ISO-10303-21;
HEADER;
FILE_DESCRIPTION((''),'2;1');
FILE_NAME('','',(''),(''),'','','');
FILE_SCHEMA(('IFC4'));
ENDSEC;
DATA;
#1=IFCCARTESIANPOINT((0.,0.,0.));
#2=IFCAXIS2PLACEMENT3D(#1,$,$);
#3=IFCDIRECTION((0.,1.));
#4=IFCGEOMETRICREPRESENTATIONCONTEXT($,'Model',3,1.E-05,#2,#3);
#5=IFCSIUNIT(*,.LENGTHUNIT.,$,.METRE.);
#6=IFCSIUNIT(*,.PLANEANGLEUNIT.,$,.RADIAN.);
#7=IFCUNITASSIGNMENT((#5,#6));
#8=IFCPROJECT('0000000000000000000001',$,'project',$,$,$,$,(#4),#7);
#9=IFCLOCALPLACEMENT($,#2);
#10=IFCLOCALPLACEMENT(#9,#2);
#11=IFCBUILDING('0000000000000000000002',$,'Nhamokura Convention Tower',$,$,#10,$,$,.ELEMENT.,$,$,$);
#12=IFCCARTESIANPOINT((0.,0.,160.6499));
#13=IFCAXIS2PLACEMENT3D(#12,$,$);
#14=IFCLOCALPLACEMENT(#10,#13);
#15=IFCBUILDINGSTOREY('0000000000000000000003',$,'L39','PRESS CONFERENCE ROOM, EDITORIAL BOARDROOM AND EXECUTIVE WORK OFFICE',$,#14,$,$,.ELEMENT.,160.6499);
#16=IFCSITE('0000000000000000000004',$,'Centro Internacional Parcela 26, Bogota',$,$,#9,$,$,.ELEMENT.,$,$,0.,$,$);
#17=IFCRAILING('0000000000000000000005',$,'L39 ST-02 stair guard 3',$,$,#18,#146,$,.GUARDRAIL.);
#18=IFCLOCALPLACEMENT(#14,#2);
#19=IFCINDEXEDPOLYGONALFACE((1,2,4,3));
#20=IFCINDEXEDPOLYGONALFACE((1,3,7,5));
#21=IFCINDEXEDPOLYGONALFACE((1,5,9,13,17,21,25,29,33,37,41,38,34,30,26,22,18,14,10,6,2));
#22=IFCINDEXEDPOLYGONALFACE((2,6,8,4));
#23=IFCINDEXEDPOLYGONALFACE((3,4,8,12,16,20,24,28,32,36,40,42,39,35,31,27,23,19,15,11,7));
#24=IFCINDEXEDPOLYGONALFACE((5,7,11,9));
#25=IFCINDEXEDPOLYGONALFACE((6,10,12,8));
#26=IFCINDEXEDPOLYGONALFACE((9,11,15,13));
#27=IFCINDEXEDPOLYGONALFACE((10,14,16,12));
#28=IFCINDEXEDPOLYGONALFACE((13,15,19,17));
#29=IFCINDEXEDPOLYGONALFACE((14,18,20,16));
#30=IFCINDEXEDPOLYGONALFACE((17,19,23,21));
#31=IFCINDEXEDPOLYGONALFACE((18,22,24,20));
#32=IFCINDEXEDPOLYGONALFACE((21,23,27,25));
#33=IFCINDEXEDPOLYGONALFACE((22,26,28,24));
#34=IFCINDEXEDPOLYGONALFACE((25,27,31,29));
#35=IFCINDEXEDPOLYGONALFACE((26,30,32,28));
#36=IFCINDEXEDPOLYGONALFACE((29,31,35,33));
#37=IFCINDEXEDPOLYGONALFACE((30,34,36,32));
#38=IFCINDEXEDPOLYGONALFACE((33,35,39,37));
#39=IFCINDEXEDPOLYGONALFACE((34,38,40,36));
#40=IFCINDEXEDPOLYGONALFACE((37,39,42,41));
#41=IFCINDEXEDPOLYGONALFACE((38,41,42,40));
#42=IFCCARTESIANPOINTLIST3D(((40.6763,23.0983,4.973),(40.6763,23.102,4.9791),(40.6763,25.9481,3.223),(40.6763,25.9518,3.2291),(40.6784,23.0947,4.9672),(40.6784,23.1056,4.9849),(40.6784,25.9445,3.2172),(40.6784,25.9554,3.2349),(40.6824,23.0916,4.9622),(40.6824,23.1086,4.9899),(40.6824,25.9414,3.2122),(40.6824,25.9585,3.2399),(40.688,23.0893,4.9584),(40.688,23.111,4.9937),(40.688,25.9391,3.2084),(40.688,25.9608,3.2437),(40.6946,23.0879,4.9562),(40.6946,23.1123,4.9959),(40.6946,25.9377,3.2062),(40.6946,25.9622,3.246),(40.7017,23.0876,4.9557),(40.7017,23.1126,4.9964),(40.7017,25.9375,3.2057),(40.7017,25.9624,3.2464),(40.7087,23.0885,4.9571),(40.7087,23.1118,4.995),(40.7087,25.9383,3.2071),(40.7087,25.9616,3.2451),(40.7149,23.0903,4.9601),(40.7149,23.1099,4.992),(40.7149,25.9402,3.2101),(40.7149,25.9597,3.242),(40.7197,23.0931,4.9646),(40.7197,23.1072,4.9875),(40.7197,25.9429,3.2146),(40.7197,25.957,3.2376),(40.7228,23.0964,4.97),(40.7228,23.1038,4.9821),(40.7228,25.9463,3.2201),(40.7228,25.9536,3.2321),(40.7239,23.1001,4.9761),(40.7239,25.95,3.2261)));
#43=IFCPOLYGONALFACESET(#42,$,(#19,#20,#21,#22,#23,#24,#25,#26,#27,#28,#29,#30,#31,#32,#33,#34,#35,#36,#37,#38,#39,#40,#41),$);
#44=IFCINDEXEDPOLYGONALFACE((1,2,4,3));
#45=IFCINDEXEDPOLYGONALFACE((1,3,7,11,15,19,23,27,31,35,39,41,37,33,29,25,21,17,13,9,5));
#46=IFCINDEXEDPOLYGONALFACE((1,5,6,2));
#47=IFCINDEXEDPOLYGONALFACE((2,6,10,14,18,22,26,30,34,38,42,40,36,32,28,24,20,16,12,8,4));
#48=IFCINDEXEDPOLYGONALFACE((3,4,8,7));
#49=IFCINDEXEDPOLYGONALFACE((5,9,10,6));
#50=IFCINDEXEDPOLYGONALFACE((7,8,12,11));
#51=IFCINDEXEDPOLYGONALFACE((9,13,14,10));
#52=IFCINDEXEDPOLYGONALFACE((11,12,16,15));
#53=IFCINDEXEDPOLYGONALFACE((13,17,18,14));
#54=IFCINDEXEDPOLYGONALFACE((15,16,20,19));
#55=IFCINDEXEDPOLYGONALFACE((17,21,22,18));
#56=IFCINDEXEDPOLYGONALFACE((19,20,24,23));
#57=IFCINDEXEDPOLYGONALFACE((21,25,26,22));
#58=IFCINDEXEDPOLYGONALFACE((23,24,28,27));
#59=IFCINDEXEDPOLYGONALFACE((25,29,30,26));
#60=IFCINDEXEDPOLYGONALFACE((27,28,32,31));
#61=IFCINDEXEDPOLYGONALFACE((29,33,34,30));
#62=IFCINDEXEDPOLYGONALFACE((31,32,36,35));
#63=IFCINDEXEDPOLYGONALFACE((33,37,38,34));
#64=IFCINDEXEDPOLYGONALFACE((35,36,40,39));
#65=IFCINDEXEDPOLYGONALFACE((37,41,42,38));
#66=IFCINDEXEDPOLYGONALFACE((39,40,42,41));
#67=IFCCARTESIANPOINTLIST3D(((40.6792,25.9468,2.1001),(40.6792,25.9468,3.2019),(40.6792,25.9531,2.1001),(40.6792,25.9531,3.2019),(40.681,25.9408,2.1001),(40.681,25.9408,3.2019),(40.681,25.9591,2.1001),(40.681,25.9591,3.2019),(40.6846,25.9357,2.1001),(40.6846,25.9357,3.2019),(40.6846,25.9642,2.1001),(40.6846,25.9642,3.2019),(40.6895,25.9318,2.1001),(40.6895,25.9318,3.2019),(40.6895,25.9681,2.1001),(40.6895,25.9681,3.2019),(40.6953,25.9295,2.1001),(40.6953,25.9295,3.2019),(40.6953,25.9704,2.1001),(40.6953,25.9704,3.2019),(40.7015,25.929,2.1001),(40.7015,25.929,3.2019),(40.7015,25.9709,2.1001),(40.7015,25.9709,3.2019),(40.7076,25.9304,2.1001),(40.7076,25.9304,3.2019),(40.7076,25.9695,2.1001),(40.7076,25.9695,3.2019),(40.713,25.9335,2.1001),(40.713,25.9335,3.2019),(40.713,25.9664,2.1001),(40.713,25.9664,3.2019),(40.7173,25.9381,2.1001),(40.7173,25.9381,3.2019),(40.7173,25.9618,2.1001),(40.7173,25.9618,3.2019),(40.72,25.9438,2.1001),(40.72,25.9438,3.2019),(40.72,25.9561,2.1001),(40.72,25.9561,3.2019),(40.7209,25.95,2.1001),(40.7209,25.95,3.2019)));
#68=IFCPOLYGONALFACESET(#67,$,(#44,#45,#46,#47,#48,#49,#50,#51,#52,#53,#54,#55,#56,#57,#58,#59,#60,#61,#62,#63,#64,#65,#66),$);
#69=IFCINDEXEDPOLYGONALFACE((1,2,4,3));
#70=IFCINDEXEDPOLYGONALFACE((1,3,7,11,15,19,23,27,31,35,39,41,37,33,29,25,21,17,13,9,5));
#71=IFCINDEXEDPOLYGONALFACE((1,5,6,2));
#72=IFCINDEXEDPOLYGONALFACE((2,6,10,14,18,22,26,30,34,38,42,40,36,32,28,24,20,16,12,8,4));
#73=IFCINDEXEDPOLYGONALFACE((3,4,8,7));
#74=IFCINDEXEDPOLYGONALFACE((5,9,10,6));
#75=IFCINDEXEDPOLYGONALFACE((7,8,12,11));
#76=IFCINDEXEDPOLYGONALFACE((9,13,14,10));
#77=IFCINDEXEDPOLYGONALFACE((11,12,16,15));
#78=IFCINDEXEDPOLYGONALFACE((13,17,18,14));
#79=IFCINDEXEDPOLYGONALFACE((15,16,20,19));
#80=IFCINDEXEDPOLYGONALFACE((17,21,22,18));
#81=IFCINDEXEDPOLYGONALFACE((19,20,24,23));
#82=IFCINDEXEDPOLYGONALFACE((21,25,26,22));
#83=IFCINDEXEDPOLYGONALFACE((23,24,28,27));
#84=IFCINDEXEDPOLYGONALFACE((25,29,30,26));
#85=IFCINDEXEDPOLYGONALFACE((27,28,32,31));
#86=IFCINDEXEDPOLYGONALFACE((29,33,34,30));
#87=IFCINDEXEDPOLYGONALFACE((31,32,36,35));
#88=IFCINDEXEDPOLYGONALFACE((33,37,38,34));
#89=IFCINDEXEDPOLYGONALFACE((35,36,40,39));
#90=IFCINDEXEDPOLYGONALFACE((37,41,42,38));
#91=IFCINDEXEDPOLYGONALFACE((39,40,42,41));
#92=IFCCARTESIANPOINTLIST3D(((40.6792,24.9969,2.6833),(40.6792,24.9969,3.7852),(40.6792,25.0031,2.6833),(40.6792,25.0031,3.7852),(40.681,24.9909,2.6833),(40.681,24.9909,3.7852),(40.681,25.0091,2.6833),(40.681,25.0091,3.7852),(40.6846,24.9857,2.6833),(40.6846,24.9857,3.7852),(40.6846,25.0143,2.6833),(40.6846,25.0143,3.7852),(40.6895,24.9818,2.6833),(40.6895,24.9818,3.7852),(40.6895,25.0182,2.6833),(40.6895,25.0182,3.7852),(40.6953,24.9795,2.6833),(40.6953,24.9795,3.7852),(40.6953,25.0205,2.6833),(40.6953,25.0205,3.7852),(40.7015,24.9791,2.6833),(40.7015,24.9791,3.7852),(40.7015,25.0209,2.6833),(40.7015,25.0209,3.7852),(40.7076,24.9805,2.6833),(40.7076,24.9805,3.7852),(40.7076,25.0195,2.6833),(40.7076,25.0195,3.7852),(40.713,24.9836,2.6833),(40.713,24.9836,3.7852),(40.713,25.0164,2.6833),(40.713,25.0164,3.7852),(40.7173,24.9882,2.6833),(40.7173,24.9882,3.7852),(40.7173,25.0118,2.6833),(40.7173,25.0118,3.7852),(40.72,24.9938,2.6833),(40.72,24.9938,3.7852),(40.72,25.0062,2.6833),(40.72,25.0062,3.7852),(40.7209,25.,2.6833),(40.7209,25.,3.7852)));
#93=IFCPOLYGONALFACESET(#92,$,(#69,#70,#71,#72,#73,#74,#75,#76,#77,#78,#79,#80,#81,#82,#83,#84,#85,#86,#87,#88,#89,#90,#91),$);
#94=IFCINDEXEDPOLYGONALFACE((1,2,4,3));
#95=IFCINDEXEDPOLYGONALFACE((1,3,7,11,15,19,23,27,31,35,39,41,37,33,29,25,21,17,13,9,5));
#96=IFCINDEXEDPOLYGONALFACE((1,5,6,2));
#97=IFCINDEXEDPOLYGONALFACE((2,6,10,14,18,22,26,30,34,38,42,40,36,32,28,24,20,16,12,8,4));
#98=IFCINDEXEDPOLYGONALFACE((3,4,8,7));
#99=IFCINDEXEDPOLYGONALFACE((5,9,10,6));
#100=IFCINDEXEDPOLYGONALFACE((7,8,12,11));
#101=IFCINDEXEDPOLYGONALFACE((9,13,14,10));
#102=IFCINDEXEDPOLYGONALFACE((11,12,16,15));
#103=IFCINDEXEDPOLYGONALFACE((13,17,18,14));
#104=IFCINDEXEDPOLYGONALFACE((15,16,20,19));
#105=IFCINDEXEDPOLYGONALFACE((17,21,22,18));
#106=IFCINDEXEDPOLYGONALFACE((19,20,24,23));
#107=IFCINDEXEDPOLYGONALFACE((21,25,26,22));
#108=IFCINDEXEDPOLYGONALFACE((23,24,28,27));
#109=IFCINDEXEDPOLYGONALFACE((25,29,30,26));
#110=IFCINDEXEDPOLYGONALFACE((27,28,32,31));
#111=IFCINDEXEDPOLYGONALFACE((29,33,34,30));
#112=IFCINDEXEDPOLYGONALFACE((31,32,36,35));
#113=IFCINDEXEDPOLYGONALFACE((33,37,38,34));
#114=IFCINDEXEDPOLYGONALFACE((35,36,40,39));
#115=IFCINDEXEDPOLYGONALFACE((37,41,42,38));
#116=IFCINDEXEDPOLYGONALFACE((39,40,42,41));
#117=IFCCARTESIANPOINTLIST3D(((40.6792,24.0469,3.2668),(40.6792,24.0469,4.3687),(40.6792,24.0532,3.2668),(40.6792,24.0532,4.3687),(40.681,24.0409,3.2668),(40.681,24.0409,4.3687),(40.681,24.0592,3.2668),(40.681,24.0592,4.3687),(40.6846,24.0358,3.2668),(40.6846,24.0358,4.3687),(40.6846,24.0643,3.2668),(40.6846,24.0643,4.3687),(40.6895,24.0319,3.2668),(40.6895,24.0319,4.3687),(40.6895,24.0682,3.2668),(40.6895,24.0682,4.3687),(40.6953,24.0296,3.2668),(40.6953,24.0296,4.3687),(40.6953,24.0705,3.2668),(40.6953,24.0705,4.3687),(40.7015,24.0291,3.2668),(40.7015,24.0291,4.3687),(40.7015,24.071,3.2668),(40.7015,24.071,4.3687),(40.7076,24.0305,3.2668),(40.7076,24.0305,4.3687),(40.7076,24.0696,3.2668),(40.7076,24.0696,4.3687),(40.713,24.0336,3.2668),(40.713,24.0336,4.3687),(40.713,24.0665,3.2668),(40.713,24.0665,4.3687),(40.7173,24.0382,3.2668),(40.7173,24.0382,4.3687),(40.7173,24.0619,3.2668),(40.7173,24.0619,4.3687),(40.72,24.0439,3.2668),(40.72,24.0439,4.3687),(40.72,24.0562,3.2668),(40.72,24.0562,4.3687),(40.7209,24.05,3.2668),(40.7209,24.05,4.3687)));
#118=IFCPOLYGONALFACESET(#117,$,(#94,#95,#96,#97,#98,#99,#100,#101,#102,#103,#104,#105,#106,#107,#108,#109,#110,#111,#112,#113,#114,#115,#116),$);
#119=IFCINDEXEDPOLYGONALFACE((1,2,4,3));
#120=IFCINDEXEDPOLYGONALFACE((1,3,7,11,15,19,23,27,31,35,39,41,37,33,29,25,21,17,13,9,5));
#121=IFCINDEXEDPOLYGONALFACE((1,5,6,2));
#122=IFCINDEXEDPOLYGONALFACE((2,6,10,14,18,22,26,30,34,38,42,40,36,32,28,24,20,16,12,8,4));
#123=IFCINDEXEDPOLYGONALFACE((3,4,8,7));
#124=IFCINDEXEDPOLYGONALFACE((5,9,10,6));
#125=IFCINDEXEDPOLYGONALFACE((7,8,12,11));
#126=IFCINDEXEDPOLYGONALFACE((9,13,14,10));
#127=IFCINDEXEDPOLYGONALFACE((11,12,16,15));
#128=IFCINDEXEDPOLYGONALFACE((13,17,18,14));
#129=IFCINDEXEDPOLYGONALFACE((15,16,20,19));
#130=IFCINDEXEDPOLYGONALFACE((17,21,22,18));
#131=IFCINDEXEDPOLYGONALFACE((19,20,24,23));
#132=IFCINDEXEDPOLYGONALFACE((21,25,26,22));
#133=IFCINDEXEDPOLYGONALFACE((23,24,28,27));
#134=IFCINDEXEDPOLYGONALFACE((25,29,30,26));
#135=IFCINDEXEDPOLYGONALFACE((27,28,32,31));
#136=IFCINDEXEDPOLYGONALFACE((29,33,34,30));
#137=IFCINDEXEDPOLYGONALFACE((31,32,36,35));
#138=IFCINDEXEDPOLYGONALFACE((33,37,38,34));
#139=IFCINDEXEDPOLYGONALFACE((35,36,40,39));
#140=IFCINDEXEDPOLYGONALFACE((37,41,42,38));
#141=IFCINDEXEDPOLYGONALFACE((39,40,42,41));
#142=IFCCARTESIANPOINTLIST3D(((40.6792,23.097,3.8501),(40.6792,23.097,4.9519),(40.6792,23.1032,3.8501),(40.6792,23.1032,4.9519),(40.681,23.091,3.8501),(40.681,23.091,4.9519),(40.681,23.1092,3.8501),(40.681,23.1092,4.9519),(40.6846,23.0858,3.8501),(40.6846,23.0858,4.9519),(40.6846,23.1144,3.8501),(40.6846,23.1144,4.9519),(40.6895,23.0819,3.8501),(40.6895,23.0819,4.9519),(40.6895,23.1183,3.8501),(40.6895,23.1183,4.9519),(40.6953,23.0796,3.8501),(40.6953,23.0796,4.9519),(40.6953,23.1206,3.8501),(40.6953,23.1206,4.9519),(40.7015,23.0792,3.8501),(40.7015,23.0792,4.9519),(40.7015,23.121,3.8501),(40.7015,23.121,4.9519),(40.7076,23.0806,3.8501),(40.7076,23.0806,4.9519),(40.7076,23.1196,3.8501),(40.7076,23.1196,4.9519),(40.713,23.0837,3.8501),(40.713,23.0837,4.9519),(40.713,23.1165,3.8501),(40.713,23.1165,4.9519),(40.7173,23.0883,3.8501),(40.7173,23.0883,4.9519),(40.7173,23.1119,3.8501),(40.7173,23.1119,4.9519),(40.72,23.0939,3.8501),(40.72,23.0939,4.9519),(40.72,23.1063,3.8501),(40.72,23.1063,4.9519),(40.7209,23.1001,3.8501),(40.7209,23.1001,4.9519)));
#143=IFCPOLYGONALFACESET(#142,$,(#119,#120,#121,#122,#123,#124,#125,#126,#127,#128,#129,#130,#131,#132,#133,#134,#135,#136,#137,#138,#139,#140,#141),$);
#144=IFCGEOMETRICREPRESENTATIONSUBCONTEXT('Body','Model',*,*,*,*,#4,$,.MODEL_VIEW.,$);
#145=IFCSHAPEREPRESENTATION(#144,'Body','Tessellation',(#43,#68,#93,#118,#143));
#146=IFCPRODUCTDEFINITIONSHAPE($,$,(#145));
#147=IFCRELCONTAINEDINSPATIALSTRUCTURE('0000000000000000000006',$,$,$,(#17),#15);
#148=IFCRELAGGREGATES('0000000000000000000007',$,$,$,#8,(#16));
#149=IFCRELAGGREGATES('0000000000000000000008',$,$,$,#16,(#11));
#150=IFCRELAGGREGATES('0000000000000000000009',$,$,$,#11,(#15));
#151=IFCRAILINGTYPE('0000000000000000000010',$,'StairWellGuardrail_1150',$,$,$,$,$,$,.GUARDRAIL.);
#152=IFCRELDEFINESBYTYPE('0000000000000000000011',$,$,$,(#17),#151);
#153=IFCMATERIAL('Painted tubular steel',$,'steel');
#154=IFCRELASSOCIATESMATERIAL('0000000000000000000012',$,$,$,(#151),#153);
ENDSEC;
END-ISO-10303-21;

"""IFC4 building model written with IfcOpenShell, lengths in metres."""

from ifc_helpers import new_model, si_unit, direction, frame, origin, origin_2d, place, context, subcontext, project, spatial, circle, extrude, material, type_object, element, save


model = new_model("IFC4")

# Units and contexts
model_context = context("Model", 3, precision=1e-05, world=origin(), true_north=direction((0.0, 1.0)))
body_context = subcontext(model_context, "Body", "Model", "MODEL_VIEW")
ifc_project = project(units=[si_unit("LENGTHUNIT", "METRE"), si_unit("PLANEANGLEUNIT", "RADIAN")], contexts=[model_context])

# Site, building, storey
site_placement = place(None, origin())
site = spatial("IfcSite", under=ifc_project, at=site_placement, Name="Centro Internacional Parcela 26, Bogota", CompositionType="ELEMENT", RefElevation=0.0)
building_placement = place(site_placement, origin())
building = spatial("IfcBuilding", under=site, at=building_placement, Name="Nhamokura Convention Tower", CompositionType="ELEMENT")
storey_placement = place(building_placement, frame((0.0, 0.0, 160.6499)))
storey = spatial("IfcBuildingStorey", under=building, at=storey_placement, Name="L39", Description="PRESS CONFERENCE ROOM, EDITORIAL BOARDROOM AND EXECUTIVE WORK OFFICE", CompositionType="ELEMENT", Elevation=160.6499)

# Railing
ifc_material_1 = material(Name="Painted tubular steel", Category="steel")
railing_type_1 = type_object("IfcRailingType", Name="StairWellGuardrail_1150", PredefinedType="GUARDRAIL", material=ifc_material_1)
railing_1_placement = place(storey_placement, frame((40.7, 25.95, 2.1001)))
element("IfcRailing", 1, at=railing_1_placement, inside=storey, type_object=railing_type_1, Name="L39 ST-02 stair guard 3", PredefinedType="GUARDRAIL", context=body_context, shape_type="SweptSolid", body=[
    extrude(circle(Radius=0.0239, at=origin_2d()), frame((0.0, 0.0, 1.126), z_axis=(0.0, -0.852159, 0.523283), x_axis=(1.0, 0.0, 0.0)), (0.0, 0.0, 1.0), 3.3442),
    extrude(circle(Radius=0.021, at=origin_2d()), origin(), (0.0, 0.0, 1.0), 1.1018),
    extrude(circle(Radius=0.021, at=origin_2d()), frame((0.0, -0.95, 0.5833)), (0.0, 0.0, 1.0), 1.1018),
    extrude(circle(Radius=0.021, at=origin_2d()), frame((0.0, -1.8999, 1.1667)), (0.0, 0.0, 1.0), 1.1018),
    extrude(circle(Radius=0.021, at=origin_2d()), frame((0.0, -2.8499, 1.75)), (0.0, 0.0, 1.0), 1.1018),
])

save(model, "model.ifc")
